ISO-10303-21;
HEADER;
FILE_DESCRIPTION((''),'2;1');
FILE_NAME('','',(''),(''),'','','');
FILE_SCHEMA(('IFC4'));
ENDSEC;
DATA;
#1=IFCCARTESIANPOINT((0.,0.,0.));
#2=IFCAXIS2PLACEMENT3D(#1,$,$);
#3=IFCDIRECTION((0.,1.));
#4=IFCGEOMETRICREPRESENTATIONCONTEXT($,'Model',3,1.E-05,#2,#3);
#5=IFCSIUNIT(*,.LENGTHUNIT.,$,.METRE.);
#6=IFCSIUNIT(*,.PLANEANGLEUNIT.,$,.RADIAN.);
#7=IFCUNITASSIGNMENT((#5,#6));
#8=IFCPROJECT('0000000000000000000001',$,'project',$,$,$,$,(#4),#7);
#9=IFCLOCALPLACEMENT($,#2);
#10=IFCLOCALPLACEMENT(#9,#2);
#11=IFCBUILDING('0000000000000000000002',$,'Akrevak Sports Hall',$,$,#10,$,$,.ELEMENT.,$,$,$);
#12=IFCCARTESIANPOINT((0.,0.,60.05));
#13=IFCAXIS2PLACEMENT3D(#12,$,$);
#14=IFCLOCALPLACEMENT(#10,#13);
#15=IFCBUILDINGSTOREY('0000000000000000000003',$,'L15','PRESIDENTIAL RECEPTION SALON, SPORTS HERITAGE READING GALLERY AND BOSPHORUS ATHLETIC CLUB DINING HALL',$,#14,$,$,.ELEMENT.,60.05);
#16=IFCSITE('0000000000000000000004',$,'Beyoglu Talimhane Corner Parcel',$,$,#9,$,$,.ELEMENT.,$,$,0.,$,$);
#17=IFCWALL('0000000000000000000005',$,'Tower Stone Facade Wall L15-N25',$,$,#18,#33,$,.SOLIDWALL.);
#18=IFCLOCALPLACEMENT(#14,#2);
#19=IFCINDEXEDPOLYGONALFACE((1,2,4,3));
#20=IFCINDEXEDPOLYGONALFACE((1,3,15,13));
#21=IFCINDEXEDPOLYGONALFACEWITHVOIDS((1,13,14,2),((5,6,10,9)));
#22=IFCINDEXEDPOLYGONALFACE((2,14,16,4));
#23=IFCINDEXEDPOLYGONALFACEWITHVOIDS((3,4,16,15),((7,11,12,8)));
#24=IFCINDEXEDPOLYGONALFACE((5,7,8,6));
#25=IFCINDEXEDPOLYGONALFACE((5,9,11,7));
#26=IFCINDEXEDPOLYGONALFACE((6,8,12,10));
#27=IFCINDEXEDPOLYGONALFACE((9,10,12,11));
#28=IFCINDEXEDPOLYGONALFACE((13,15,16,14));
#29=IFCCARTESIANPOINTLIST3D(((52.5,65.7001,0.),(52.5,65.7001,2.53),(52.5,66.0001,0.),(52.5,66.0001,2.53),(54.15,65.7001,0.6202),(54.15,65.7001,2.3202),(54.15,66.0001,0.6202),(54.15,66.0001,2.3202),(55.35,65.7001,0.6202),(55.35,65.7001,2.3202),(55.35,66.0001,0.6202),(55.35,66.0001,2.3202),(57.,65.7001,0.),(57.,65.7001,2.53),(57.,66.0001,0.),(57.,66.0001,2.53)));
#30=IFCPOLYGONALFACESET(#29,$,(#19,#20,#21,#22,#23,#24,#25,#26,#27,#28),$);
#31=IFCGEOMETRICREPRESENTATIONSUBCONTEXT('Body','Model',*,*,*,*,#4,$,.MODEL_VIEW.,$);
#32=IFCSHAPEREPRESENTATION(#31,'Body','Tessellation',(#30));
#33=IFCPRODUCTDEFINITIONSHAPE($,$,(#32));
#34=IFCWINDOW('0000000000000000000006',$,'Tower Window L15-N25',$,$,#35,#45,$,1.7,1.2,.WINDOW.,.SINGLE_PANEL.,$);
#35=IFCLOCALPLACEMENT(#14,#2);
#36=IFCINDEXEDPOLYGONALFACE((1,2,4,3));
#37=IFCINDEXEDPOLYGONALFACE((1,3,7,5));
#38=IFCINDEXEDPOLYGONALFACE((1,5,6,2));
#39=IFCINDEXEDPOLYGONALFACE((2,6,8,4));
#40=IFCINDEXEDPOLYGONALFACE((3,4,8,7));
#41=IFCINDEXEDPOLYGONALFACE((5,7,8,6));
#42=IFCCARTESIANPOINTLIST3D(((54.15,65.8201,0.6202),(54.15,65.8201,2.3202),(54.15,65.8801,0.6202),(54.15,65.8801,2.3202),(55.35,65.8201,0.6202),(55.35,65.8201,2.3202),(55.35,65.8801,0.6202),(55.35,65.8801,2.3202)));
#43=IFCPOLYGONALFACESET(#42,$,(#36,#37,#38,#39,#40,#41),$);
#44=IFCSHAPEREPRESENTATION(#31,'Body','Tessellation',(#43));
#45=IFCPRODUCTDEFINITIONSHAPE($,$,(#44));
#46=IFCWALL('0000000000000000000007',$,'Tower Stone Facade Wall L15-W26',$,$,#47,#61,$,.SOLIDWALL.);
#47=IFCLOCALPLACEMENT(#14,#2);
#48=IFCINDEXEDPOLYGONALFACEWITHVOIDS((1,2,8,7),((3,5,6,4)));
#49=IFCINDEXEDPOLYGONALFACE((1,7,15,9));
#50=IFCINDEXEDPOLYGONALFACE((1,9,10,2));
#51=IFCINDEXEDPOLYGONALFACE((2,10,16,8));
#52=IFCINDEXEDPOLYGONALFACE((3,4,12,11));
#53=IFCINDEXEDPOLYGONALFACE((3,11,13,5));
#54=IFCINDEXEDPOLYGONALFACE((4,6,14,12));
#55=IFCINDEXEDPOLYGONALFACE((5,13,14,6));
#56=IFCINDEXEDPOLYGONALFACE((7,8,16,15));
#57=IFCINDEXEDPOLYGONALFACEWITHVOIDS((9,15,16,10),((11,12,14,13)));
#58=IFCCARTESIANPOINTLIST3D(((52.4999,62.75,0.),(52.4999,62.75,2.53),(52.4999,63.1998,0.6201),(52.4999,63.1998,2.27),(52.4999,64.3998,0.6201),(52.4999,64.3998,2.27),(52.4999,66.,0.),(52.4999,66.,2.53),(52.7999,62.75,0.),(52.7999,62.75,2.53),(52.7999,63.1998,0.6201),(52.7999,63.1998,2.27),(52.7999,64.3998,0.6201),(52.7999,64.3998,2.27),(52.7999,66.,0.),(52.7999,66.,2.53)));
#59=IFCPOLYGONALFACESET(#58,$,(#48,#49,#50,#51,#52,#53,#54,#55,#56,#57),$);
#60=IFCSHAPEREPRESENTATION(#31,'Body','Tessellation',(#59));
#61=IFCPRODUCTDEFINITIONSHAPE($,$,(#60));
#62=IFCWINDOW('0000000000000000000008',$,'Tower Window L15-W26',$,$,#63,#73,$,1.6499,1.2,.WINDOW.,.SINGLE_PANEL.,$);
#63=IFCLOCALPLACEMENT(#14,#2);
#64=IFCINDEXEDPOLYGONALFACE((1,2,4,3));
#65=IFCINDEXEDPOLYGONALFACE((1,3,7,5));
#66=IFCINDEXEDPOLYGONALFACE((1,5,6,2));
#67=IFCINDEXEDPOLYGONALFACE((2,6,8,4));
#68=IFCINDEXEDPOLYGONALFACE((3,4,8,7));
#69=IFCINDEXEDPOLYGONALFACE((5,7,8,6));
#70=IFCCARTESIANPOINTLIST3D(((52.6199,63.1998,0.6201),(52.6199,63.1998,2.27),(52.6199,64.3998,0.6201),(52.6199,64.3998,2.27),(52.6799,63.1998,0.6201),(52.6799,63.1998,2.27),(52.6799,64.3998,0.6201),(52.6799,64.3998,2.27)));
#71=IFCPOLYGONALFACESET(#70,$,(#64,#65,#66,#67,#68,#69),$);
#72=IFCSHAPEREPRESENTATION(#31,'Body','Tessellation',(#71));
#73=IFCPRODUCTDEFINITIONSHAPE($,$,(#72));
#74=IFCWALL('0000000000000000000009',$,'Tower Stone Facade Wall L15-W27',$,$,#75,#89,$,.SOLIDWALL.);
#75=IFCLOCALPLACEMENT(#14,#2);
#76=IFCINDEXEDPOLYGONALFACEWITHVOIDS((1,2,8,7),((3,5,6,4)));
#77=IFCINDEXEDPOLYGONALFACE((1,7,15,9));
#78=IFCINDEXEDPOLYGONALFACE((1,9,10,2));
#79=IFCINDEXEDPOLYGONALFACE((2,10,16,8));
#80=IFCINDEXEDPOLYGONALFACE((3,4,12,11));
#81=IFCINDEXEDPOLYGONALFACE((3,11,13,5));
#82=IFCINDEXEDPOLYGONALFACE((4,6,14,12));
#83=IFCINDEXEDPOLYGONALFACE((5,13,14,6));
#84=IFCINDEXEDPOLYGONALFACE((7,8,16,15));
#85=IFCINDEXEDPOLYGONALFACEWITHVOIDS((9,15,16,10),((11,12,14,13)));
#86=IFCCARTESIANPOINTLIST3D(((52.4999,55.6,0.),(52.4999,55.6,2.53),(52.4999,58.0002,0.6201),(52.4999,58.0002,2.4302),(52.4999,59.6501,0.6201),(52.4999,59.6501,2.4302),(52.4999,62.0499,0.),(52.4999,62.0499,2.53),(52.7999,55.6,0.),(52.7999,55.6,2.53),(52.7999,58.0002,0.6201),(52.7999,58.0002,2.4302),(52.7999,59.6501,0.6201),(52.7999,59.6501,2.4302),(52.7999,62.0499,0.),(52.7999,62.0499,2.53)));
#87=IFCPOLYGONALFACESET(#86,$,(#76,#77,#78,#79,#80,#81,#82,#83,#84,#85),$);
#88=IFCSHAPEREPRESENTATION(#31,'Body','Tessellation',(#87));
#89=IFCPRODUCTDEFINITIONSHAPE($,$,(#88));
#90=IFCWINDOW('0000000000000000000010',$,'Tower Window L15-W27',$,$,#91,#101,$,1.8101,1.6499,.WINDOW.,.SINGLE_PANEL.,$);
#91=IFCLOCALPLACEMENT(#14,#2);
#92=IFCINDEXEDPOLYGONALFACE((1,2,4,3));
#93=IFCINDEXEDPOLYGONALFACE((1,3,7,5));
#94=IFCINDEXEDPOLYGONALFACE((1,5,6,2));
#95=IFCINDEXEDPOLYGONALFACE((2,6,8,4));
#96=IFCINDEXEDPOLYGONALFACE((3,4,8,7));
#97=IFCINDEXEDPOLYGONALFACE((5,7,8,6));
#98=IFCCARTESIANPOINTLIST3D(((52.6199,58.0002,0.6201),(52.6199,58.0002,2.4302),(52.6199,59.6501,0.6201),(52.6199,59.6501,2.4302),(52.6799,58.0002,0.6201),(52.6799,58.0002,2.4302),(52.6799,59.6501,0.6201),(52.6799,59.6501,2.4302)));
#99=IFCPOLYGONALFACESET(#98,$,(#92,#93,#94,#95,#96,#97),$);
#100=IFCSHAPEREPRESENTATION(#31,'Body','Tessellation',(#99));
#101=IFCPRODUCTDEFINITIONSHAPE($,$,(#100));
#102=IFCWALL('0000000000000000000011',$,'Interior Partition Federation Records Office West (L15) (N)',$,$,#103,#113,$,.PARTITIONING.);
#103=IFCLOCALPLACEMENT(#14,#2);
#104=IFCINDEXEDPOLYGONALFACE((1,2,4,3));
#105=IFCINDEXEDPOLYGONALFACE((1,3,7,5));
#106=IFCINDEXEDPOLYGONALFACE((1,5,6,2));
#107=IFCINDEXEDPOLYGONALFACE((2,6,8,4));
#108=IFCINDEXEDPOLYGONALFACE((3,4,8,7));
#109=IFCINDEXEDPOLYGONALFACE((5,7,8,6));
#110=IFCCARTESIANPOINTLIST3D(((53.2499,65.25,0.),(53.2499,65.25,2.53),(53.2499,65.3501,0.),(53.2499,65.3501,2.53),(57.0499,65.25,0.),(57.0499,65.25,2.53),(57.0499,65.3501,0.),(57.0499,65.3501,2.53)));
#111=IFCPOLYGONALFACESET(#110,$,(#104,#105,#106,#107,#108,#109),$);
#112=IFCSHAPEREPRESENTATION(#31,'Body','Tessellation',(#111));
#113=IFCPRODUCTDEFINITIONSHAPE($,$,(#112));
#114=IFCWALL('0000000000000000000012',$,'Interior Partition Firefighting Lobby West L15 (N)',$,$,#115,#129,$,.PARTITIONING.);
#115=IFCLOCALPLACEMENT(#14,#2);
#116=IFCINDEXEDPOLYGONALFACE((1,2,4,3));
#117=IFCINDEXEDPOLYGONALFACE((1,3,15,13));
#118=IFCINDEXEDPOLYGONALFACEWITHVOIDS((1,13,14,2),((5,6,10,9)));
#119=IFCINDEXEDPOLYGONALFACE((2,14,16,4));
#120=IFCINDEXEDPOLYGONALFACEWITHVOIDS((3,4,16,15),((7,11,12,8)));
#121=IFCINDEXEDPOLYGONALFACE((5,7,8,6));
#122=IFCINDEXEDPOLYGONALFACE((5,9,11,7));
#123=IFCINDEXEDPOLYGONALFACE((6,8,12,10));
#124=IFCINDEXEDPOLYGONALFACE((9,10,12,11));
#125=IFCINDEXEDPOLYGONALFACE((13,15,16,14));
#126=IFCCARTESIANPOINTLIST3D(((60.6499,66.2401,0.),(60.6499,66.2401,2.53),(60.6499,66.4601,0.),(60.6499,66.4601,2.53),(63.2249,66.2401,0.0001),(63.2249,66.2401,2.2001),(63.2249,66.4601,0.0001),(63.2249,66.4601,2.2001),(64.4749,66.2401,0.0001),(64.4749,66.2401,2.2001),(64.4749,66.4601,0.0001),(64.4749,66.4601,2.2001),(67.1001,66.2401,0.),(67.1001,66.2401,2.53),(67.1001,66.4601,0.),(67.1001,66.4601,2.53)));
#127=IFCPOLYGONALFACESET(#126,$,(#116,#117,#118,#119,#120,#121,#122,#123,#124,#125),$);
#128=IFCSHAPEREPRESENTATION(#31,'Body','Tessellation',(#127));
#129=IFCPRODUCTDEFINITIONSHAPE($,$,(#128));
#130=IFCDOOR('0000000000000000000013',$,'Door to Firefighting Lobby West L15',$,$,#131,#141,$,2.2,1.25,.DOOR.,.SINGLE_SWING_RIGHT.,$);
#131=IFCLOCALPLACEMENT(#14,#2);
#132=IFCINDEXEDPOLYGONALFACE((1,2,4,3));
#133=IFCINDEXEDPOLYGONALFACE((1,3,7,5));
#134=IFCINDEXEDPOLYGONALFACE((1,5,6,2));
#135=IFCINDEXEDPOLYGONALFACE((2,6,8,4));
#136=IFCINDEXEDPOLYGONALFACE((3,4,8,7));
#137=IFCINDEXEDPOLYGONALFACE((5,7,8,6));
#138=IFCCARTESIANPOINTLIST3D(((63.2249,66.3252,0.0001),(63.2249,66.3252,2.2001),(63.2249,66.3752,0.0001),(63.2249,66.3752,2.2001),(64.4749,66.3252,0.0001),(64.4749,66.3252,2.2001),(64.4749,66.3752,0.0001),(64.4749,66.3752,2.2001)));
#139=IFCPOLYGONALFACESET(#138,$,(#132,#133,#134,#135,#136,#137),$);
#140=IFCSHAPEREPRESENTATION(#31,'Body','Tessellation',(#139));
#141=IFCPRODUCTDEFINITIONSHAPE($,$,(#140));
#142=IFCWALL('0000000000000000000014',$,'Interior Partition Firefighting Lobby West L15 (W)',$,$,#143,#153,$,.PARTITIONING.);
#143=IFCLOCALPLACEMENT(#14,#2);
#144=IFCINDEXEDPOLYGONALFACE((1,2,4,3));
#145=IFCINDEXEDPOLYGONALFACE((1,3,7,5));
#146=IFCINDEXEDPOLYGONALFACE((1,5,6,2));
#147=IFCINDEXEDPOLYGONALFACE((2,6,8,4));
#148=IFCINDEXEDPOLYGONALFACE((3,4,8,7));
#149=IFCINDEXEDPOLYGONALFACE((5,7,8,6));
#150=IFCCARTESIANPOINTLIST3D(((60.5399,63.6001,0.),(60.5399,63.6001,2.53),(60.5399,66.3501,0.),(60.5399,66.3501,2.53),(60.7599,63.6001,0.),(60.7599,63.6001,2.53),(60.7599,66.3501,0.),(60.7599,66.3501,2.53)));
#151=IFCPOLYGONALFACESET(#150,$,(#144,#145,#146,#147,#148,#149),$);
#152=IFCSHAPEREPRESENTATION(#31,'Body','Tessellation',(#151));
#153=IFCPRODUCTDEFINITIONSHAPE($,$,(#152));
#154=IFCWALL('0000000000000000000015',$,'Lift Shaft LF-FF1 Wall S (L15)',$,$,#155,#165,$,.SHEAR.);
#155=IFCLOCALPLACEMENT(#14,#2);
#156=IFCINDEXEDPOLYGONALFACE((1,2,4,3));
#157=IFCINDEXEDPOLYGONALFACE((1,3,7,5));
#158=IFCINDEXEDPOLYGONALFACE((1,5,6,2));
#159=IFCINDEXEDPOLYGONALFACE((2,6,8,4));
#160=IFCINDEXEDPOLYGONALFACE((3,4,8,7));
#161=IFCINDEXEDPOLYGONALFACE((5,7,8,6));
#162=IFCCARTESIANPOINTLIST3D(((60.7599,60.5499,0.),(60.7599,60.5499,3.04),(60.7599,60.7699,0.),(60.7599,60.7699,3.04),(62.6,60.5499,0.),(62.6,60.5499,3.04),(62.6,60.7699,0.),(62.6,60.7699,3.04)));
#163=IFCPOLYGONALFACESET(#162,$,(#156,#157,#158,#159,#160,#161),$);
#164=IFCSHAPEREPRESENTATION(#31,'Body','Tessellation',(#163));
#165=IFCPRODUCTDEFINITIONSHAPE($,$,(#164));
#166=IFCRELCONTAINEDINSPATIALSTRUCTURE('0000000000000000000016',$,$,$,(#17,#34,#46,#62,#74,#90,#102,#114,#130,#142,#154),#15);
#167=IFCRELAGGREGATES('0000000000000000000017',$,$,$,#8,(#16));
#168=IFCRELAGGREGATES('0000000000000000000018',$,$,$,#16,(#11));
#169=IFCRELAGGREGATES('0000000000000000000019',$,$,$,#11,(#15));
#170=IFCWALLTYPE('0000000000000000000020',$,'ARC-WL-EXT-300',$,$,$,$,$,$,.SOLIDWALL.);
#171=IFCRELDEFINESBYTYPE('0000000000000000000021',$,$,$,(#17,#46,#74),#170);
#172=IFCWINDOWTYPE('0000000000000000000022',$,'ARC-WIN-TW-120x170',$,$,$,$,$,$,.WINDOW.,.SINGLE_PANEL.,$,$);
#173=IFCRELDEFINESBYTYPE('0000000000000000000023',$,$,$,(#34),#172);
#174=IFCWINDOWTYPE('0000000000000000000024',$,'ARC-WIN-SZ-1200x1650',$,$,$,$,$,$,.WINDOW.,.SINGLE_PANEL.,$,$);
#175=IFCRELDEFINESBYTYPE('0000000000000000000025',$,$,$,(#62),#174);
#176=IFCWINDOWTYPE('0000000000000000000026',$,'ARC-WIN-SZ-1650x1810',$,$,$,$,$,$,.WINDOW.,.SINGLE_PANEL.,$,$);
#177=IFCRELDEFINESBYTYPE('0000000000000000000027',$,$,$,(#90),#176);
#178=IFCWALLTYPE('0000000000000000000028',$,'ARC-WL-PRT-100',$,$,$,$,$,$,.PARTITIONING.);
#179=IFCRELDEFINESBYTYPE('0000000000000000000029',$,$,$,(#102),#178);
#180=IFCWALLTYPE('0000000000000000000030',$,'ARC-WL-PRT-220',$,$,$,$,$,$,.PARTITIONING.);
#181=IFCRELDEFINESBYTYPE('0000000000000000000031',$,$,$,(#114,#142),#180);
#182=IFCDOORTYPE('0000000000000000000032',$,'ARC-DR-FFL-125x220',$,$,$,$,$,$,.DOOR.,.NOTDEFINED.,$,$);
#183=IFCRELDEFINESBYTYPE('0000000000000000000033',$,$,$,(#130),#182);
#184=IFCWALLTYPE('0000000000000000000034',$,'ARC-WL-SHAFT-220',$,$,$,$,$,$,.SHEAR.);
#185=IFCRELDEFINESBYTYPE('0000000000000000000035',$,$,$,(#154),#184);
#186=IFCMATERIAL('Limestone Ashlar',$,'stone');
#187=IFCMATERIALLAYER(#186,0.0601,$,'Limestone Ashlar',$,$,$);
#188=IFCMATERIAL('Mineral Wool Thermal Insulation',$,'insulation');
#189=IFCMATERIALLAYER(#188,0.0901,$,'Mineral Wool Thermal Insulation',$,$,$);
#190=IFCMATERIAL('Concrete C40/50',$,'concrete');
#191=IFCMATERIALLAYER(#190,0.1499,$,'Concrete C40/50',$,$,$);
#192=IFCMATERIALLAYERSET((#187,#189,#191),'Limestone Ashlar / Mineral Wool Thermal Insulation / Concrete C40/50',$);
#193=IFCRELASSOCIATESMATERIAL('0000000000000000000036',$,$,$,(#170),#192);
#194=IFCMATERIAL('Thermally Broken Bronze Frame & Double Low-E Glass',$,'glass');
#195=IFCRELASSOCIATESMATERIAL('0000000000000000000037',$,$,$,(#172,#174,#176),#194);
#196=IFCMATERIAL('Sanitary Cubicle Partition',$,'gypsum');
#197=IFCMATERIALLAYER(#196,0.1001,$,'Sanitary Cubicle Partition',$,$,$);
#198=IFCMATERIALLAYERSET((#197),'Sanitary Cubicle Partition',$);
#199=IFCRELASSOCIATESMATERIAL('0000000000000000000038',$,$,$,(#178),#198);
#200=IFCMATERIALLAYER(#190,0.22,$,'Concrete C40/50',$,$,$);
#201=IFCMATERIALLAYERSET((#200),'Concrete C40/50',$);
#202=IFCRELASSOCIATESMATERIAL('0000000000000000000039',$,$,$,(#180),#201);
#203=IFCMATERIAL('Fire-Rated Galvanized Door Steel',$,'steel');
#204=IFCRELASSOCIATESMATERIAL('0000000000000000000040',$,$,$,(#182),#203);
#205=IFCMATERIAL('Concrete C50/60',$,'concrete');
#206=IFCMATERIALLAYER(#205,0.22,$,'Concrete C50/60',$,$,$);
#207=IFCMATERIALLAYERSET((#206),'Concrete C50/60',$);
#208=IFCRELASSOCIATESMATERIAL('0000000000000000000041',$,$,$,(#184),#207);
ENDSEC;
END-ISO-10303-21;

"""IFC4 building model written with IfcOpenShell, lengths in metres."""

from ifc_helpers import new_model, si_unit, direction, frame, frame_2d, origin, place, context, subcontext, project, spatial, rectangle, extrude, material, layer, layer_set, type_object, element, fill, save


model = new_model("IFC4")

# Units and contexts
model_context = context("Model", 3, precision=1e-05, world=origin(), true_north=direction((0.0, 1.0)))
body_context = subcontext(model_context, "Body", "Model", "MODEL_VIEW")
ifc_project = project(units=[si_unit("LENGTHUNIT", "METRE"), si_unit("PLANEANGLEUNIT", "RADIAN")], contexts=[model_context])

# Site, building, storey
site_placement = place(None, origin())
site = spatial("IfcSite", under=ifc_project, at=site_placement, Name="Beyoglu Talimhane Corner Parcel", CompositionType="ELEMENT", RefElevation=0.0)
building_placement = place(site_placement, origin())
building = spatial("IfcBuilding", under=site, at=building_placement, Name="Akrevak Sports Hall", CompositionType="ELEMENT")
storey_placement = place(building_placement, frame((0.0, 0.0, 60.05)))
storey = spatial("IfcBuildingStorey", under=building, at=storey_placement, Name="L15", Description="PRESIDENTIAL RECEPTION SALON, SPORTS HERITAGE READING GALLERY AND BOSPHORUS ATHLETIC CLUB DINING HALL", CompositionType="ELEMENT", Elevation=60.05)

# Shared definitions
ifc_material_1 = material(Name="Concrete C40/50", Category="concrete")

# Shared definitions
ifc_material_2 = material(Name="Limestone Ashlar", Category="stone")
ifc_layer_1 = layer(ifc_material_2, 0.0601, Name="Limestone Ashlar")
ifc_material_3 = material(Name="Mineral Wool Thermal Insulation", Category="insulation")
ifc_layer_2 = layer(ifc_material_3, 0.0901, Name="Mineral Wool Thermal Insulation")
ifc_layer_3 = layer(ifc_material_1, 0.1499, Name="Concrete C40/50")
ifc_layer_set_1 = layer_set([ifc_layer_1, ifc_layer_2, ifc_layer_3], Name="Limestone Ashlar / Mineral Wool Thermal Insulation / Concrete C40/50")
wall_type_1 = type_object("IfcWallType", Name="ARC-WL-EXT-300", PredefinedType="SOLIDWALL", material=ifc_layer_set_1)

# Walls, openings, windows
ifc_material_4 = material(Name="Thermally Broken Bronze Frame & Double Low-E Glass", Category="glass")
wall_1_placement = place(storey_placement, frame((57.0, 65.8501, 0.0), z_axis=(0.0, 0.0, 1.0), x_axis=(-1.0, 0.0, 0.0)))
wall_1 = element("IfcWall", 1, at=wall_1_placement, inside=storey, type_object=wall_type_1, Name="Tower Stone Facade Wall L15-N25", PredefinedType="SOLIDWALL", context=body_context, shape_type="SweptSolid", body=[
    extrude(rectangle(XDim=4.5, YDim=0.3, at=frame_2d((2.25, 0.0))), origin(), (0.0, 0.0, 1.0), 2.53),
])
opening_1_placement = place(wall_1_placement, frame((1.6499, 0.0, 0.6201)))
opening_1 = element("IfcOpeningElement", 2, at=opening_1_placement, cuts=wall_1, PredefinedType="OPENING", context=body_context, shape_type="SweptSolid", body=[
    extrude(rectangle(XDim=1.2, YDim=1.7, at=frame_2d((0.6001, 0.8501))), frame((0.0, 0.1621, 0.0), z_axis=(0.0, -1.0, 0.0), x_axis=(1.0, 0.0, 0.0)), (0.0, 0.0, 1.0), 0.324),
])
window_type_1 = type_object("IfcWindowType", Name="ARC-WIN-TW-120x170", PartitioningType="SINGLE_PANEL", PredefinedType="WINDOW", material=ifc_material_4)
window_1_placement = place(opening_1_placement, origin())
window_1 = element("IfcWindow", 3, at=window_1_placement, inside=storey, type_object=window_type_1, Name="Tower Window L15-N25", OverallHeight=1.7, OverallWidth=1.2, PartitioningType="SINGLE_PANEL", PredefinedType="WINDOW", context=body_context, shape_type="SweptSolid", body=[
    extrude(rectangle(XDim=1.2, YDim=1.7, at=frame_2d((0.6001, 0.8501))), frame((0.0, 0.03, 0.0), z_axis=(0.0, -1.0, 0.0), x_axis=(1.0, 0.0, 0.0)), (0.0, 0.0, 1.0), 0.0601),
])
fill(opening_1, window_1)
wall_2_placement = place(storey_placement, frame((52.6499, 66.0, 0.0), z_axis=(0.0, 0.0, 1.0), x_axis=(0.0, -1.0, 0.0)))
wall_2 = element("IfcWall", 4, at=wall_2_placement, inside=storey, type_object=wall_type_1, Name="Tower Stone Facade Wall L15-W26", PredefinedType="SOLIDWALL", context=body_context, shape_type="SweptSolid", body=[
    extrude(rectangle(XDim=3.25, YDim=0.3, at=frame_2d((1.625, 0.0))), origin(), (0.0, 0.0, 1.0), 2.53),
])
opening_2_placement = place(wall_2_placement, frame((1.6001, 0.0, 0.6201)))
opening_2 = element("IfcOpeningElement", 5, at=opening_2_placement, cuts=wall_2, PredefinedType="OPENING", context=body_context, shape_type="SweptSolid", body=[
    extrude(rectangle(XDim=1.2, YDim=1.6499, at=frame_2d((0.6001, 0.825))), frame((0.0, 0.1621, 0.0), z_axis=(0.0, -1.0, 0.0), x_axis=(1.0, 0.0, 0.0)), (0.0, 0.0, 1.0), 0.324),
])
window_type_2 = type_object("IfcWindowType", Name="ARC-WIN-SZ-1200x1650", PartitioningType="SINGLE_PANEL", PredefinedType="WINDOW", material=ifc_material_4)
window_2_placement = place(opening_2_placement, origin())
window_2 = element("IfcWindow", 6, at=window_2_placement, inside=storey, type_object=window_type_2, Name="Tower Window L15-W26", OverallHeight=1.6499, OverallWidth=1.2, PartitioningType="SINGLE_PANEL", PredefinedType="WINDOW", context=body_context, shape_type="SweptSolid", body=[
    extrude(rectangle(XDim=1.2, YDim=1.6499, at=frame_2d((0.6001, 0.825))), frame((0.0, 0.03, 0.0), z_axis=(0.0, -1.0, 0.0), x_axis=(1.0, 0.0, 0.0)), (0.0, 0.0, 1.0), 0.0601),
])
fill(opening_2, window_2)
wall_3_placement = place(storey_placement, frame((52.6499, 62.05, 0.0), z_axis=(0.0, 0.0, 1.0), x_axis=(0.0, -1.0, 0.0)))
wall_3 = element("IfcWall", 7, at=wall_3_placement, inside=storey, type_object=wall_type_1, Name="Tower Stone Facade Wall L15-W27", PredefinedType="SOLIDWALL", context=body_context, shape_type="SweptSolid", body=[
    extrude(rectangle(XDim=6.45, YDim=0.3, at=frame_2d((3.2251, 0.0))), origin(), (0.0, 0.0, 1.0), 2.53),
])
opening_3_placement = place(wall_3_placement, frame((2.3999, 0.0, 0.6201)))
opening_3 = element("IfcOpeningElement", 8, at=opening_3_placement, cuts=wall_3, PredefinedType="OPENING", context=body_context, shape_type="SweptSolid", body=[
    extrude(rectangle(XDim=1.6499, YDim=1.8101, at=frame_2d((0.825, 0.905))), frame((0.0, 0.1621, 0.0), z_axis=(0.0, -1.0, 0.0), x_axis=(1.0, 0.0, 0.0)), (0.0, 0.0, 1.0), 0.324),
])
window_type_3 = type_object("IfcWindowType", Name="ARC-WIN-SZ-1650x1810", PartitioningType="SINGLE_PANEL", PredefinedType="WINDOW", material=ifc_material_4)
window_3_placement = place(opening_3_placement, origin())
window_3 = element("IfcWindow", 9, at=window_3_placement, inside=storey, type_object=window_type_3, Name="Tower Window L15-W27", OverallHeight=1.8101, OverallWidth=1.6499, PartitioningType="SINGLE_PANEL", PredefinedType="WINDOW", context=body_context, shape_type="SweptSolid", body=[
    extrude(rectangle(XDim=1.6499, YDim=1.8101, at=frame_2d((0.825, 0.905))), frame((0.0, 0.03, 0.0), z_axis=(0.0, -1.0, 0.0), x_axis=(1.0, 0.0, 0.0)), (0.0, 0.0, 1.0), 0.0601),
])
fill(opening_3, window_3)

# Wall
ifc_material_5 = material(Name="Sanitary Cubicle Partition", Category="gypsum")
ifc_layer_4 = layer(ifc_material_5, 0.1001, Name="Sanitary Cubicle Partition")
ifc_layer_set_2 = layer_set([ifc_layer_4], Name="Sanitary Cubicle Partition")
wall_type_2 = type_object("IfcWallType", Name="ARC-WL-PRT-100", PredefinedType="PARTITIONING", material=ifc_layer_set_2)
wall_4_placement = place(storey_placement, frame((53.25, 65.3, 0.0), z_axis=(0.0, 0.0, 1.0), x_axis=(1.0, 0.0, 0.0)))
element("IfcWall", 10, at=wall_4_placement, inside=storey, type_object=wall_type_2, Name="Interior Partition Federation Records Office West (L15) (N)", PredefinedType="PARTITIONING", context=body_context, shape_type="SweptSolid", body=[
    extrude(rectangle(XDim=3.8, YDim=0.1001, at=frame_2d((1.8999, 0.0))), origin(), (0.0, 0.0, 1.0), 2.53),
])

# Wall, opening, door
ifc_layer_5 = layer(ifc_material_1, 0.22, Name="Concrete C40/50")
ifc_layer_set_3 = layer_set([ifc_layer_5], Name="Concrete C40/50")
wall_type_3 = type_object("IfcWallType", Name="ARC-WL-PRT-220", PredefinedType="PARTITIONING", material=ifc_layer_set_3)
wall_5_placement = place(storey_placement, frame((60.6499, 66.3501, 0.0), z_axis=(0.0, 0.0, 1.0), x_axis=(1.0, 0.0, 0.0)))
wall_5 = element("IfcWall", 11, at=wall_5_placement, inside=storey, type_object=wall_type_3, Name="Interior Partition Firefighting Lobby West L15 (N)", PredefinedType="PARTITIONING", context=body_context, shape_type="SweptSolid", body=[
    extrude(rectangle(XDim=6.4502, YDim=0.22, at=frame_2d((3.2251, 0.0))), origin(), (0.0, 0.0, 1.0), 2.53),
])
opening_4_placement = place(wall_5_placement, frame((2.575, 0.0, 0.0)))
opening_4 = element("IfcOpeningElement", 12, at=opening_4_placement, cuts=wall_5, PredefinedType="OPENING", context=body_context, shape_type="SweptSolid", body=[
    extrude(rectangle(XDim=1.25, YDim=2.2, at=frame_2d((0.625, 1.1001))), frame((0.0, 0.1221, 0.0), z_axis=(0.0, -1.0, 0.0), x_axis=(1.0, 0.0, 0.0)), (0.0, 0.0, 1.0), 0.2439),
])
ifc_material_6 = material(Name="Fire-Rated Galvanized Door Steel", Category="steel")
door_type_1 = type_object("IfcDoorType", Name="ARC-DR-FFL-125x220", OperationType="NOTDEFINED", PredefinedType="DOOR", material=ifc_material_6)
door_1_placement = place(opening_4_placement, frame((1.25, 0.0, 0.0), z_axis=(0.0, 0.0, 1.0), x_axis=(-1.0, 0.0, 0.0)))
door_1 = element("IfcDoor", 13, at=door_1_placement, inside=storey, type_object=door_type_1, Name="Door to Firefighting Lobby West L15", OperationType="SINGLE_SWING_RIGHT", OverallHeight=2.2, OverallWidth=1.25, PredefinedType="DOOR", context=body_context, shape_type="SweptSolid", body=[
    extrude(rectangle(XDim=1.25, YDim=2.2, at=frame_2d((0.625, 1.1001))), frame((0.0, 0.0249, 0.0), z_axis=(0.0, -1.0, 0.0), x_axis=(1.0, 0.0, 0.0)), (0.0, 0.0, 1.0), 0.05),
])
fill(opening_4, door_1)

# Walls
wall_6_placement = place(storey_placement, frame((60.6499, 63.6001, 0.0), z_axis=(0.0, 0.0, 1.0), x_axis=(0.0, 1.0, 0.0)))
element("IfcWall", 14, at=wall_6_placement, inside=storey, type_object=wall_type_3, Name="Interior Partition Firefighting Lobby West L15 (W)", PredefinedType="PARTITIONING", context=body_context, shape_type="SweptSolid", body=[
    extrude(rectangle(XDim=2.75, YDim=0.22, at=frame_2d((1.375, 0.0))), origin(), (0.0, 0.0, 1.0), 2.53),
])
ifc_material_7 = material(Name="Concrete C50/60", Category="concrete")
ifc_layer_6 = layer(ifc_material_7, 0.22, Name="Concrete C50/60")
ifc_layer_set_4 = layer_set([ifc_layer_6], Name="Concrete C50/60")
wall_type_4 = type_object("IfcWallType", Name="ARC-WL-SHAFT-220", PredefinedType="SHEAR", material=ifc_layer_set_4)
wall_7_placement = place(storey_placement, frame((60.76, 60.6599, 0.0), z_axis=(0.0, 0.0, 1.0), x_axis=(1.0, 0.0, 0.0)))
element("IfcWall", 15, at=wall_7_placement, inside=storey, type_object=wall_type_4, Name="Lift Shaft LF-FF1 Wall S (L15)", PredefinedType="SHEAR", context=body_context, shape_type="SweptSolid", body=[
    extrude(rectangle(XDim=1.8401, YDim=0.22, at=frame_2d((0.9199, 0.0))), origin(), (0.0, 0.0, 1.0), 3.04),
])

save(model, "model.ifc")
